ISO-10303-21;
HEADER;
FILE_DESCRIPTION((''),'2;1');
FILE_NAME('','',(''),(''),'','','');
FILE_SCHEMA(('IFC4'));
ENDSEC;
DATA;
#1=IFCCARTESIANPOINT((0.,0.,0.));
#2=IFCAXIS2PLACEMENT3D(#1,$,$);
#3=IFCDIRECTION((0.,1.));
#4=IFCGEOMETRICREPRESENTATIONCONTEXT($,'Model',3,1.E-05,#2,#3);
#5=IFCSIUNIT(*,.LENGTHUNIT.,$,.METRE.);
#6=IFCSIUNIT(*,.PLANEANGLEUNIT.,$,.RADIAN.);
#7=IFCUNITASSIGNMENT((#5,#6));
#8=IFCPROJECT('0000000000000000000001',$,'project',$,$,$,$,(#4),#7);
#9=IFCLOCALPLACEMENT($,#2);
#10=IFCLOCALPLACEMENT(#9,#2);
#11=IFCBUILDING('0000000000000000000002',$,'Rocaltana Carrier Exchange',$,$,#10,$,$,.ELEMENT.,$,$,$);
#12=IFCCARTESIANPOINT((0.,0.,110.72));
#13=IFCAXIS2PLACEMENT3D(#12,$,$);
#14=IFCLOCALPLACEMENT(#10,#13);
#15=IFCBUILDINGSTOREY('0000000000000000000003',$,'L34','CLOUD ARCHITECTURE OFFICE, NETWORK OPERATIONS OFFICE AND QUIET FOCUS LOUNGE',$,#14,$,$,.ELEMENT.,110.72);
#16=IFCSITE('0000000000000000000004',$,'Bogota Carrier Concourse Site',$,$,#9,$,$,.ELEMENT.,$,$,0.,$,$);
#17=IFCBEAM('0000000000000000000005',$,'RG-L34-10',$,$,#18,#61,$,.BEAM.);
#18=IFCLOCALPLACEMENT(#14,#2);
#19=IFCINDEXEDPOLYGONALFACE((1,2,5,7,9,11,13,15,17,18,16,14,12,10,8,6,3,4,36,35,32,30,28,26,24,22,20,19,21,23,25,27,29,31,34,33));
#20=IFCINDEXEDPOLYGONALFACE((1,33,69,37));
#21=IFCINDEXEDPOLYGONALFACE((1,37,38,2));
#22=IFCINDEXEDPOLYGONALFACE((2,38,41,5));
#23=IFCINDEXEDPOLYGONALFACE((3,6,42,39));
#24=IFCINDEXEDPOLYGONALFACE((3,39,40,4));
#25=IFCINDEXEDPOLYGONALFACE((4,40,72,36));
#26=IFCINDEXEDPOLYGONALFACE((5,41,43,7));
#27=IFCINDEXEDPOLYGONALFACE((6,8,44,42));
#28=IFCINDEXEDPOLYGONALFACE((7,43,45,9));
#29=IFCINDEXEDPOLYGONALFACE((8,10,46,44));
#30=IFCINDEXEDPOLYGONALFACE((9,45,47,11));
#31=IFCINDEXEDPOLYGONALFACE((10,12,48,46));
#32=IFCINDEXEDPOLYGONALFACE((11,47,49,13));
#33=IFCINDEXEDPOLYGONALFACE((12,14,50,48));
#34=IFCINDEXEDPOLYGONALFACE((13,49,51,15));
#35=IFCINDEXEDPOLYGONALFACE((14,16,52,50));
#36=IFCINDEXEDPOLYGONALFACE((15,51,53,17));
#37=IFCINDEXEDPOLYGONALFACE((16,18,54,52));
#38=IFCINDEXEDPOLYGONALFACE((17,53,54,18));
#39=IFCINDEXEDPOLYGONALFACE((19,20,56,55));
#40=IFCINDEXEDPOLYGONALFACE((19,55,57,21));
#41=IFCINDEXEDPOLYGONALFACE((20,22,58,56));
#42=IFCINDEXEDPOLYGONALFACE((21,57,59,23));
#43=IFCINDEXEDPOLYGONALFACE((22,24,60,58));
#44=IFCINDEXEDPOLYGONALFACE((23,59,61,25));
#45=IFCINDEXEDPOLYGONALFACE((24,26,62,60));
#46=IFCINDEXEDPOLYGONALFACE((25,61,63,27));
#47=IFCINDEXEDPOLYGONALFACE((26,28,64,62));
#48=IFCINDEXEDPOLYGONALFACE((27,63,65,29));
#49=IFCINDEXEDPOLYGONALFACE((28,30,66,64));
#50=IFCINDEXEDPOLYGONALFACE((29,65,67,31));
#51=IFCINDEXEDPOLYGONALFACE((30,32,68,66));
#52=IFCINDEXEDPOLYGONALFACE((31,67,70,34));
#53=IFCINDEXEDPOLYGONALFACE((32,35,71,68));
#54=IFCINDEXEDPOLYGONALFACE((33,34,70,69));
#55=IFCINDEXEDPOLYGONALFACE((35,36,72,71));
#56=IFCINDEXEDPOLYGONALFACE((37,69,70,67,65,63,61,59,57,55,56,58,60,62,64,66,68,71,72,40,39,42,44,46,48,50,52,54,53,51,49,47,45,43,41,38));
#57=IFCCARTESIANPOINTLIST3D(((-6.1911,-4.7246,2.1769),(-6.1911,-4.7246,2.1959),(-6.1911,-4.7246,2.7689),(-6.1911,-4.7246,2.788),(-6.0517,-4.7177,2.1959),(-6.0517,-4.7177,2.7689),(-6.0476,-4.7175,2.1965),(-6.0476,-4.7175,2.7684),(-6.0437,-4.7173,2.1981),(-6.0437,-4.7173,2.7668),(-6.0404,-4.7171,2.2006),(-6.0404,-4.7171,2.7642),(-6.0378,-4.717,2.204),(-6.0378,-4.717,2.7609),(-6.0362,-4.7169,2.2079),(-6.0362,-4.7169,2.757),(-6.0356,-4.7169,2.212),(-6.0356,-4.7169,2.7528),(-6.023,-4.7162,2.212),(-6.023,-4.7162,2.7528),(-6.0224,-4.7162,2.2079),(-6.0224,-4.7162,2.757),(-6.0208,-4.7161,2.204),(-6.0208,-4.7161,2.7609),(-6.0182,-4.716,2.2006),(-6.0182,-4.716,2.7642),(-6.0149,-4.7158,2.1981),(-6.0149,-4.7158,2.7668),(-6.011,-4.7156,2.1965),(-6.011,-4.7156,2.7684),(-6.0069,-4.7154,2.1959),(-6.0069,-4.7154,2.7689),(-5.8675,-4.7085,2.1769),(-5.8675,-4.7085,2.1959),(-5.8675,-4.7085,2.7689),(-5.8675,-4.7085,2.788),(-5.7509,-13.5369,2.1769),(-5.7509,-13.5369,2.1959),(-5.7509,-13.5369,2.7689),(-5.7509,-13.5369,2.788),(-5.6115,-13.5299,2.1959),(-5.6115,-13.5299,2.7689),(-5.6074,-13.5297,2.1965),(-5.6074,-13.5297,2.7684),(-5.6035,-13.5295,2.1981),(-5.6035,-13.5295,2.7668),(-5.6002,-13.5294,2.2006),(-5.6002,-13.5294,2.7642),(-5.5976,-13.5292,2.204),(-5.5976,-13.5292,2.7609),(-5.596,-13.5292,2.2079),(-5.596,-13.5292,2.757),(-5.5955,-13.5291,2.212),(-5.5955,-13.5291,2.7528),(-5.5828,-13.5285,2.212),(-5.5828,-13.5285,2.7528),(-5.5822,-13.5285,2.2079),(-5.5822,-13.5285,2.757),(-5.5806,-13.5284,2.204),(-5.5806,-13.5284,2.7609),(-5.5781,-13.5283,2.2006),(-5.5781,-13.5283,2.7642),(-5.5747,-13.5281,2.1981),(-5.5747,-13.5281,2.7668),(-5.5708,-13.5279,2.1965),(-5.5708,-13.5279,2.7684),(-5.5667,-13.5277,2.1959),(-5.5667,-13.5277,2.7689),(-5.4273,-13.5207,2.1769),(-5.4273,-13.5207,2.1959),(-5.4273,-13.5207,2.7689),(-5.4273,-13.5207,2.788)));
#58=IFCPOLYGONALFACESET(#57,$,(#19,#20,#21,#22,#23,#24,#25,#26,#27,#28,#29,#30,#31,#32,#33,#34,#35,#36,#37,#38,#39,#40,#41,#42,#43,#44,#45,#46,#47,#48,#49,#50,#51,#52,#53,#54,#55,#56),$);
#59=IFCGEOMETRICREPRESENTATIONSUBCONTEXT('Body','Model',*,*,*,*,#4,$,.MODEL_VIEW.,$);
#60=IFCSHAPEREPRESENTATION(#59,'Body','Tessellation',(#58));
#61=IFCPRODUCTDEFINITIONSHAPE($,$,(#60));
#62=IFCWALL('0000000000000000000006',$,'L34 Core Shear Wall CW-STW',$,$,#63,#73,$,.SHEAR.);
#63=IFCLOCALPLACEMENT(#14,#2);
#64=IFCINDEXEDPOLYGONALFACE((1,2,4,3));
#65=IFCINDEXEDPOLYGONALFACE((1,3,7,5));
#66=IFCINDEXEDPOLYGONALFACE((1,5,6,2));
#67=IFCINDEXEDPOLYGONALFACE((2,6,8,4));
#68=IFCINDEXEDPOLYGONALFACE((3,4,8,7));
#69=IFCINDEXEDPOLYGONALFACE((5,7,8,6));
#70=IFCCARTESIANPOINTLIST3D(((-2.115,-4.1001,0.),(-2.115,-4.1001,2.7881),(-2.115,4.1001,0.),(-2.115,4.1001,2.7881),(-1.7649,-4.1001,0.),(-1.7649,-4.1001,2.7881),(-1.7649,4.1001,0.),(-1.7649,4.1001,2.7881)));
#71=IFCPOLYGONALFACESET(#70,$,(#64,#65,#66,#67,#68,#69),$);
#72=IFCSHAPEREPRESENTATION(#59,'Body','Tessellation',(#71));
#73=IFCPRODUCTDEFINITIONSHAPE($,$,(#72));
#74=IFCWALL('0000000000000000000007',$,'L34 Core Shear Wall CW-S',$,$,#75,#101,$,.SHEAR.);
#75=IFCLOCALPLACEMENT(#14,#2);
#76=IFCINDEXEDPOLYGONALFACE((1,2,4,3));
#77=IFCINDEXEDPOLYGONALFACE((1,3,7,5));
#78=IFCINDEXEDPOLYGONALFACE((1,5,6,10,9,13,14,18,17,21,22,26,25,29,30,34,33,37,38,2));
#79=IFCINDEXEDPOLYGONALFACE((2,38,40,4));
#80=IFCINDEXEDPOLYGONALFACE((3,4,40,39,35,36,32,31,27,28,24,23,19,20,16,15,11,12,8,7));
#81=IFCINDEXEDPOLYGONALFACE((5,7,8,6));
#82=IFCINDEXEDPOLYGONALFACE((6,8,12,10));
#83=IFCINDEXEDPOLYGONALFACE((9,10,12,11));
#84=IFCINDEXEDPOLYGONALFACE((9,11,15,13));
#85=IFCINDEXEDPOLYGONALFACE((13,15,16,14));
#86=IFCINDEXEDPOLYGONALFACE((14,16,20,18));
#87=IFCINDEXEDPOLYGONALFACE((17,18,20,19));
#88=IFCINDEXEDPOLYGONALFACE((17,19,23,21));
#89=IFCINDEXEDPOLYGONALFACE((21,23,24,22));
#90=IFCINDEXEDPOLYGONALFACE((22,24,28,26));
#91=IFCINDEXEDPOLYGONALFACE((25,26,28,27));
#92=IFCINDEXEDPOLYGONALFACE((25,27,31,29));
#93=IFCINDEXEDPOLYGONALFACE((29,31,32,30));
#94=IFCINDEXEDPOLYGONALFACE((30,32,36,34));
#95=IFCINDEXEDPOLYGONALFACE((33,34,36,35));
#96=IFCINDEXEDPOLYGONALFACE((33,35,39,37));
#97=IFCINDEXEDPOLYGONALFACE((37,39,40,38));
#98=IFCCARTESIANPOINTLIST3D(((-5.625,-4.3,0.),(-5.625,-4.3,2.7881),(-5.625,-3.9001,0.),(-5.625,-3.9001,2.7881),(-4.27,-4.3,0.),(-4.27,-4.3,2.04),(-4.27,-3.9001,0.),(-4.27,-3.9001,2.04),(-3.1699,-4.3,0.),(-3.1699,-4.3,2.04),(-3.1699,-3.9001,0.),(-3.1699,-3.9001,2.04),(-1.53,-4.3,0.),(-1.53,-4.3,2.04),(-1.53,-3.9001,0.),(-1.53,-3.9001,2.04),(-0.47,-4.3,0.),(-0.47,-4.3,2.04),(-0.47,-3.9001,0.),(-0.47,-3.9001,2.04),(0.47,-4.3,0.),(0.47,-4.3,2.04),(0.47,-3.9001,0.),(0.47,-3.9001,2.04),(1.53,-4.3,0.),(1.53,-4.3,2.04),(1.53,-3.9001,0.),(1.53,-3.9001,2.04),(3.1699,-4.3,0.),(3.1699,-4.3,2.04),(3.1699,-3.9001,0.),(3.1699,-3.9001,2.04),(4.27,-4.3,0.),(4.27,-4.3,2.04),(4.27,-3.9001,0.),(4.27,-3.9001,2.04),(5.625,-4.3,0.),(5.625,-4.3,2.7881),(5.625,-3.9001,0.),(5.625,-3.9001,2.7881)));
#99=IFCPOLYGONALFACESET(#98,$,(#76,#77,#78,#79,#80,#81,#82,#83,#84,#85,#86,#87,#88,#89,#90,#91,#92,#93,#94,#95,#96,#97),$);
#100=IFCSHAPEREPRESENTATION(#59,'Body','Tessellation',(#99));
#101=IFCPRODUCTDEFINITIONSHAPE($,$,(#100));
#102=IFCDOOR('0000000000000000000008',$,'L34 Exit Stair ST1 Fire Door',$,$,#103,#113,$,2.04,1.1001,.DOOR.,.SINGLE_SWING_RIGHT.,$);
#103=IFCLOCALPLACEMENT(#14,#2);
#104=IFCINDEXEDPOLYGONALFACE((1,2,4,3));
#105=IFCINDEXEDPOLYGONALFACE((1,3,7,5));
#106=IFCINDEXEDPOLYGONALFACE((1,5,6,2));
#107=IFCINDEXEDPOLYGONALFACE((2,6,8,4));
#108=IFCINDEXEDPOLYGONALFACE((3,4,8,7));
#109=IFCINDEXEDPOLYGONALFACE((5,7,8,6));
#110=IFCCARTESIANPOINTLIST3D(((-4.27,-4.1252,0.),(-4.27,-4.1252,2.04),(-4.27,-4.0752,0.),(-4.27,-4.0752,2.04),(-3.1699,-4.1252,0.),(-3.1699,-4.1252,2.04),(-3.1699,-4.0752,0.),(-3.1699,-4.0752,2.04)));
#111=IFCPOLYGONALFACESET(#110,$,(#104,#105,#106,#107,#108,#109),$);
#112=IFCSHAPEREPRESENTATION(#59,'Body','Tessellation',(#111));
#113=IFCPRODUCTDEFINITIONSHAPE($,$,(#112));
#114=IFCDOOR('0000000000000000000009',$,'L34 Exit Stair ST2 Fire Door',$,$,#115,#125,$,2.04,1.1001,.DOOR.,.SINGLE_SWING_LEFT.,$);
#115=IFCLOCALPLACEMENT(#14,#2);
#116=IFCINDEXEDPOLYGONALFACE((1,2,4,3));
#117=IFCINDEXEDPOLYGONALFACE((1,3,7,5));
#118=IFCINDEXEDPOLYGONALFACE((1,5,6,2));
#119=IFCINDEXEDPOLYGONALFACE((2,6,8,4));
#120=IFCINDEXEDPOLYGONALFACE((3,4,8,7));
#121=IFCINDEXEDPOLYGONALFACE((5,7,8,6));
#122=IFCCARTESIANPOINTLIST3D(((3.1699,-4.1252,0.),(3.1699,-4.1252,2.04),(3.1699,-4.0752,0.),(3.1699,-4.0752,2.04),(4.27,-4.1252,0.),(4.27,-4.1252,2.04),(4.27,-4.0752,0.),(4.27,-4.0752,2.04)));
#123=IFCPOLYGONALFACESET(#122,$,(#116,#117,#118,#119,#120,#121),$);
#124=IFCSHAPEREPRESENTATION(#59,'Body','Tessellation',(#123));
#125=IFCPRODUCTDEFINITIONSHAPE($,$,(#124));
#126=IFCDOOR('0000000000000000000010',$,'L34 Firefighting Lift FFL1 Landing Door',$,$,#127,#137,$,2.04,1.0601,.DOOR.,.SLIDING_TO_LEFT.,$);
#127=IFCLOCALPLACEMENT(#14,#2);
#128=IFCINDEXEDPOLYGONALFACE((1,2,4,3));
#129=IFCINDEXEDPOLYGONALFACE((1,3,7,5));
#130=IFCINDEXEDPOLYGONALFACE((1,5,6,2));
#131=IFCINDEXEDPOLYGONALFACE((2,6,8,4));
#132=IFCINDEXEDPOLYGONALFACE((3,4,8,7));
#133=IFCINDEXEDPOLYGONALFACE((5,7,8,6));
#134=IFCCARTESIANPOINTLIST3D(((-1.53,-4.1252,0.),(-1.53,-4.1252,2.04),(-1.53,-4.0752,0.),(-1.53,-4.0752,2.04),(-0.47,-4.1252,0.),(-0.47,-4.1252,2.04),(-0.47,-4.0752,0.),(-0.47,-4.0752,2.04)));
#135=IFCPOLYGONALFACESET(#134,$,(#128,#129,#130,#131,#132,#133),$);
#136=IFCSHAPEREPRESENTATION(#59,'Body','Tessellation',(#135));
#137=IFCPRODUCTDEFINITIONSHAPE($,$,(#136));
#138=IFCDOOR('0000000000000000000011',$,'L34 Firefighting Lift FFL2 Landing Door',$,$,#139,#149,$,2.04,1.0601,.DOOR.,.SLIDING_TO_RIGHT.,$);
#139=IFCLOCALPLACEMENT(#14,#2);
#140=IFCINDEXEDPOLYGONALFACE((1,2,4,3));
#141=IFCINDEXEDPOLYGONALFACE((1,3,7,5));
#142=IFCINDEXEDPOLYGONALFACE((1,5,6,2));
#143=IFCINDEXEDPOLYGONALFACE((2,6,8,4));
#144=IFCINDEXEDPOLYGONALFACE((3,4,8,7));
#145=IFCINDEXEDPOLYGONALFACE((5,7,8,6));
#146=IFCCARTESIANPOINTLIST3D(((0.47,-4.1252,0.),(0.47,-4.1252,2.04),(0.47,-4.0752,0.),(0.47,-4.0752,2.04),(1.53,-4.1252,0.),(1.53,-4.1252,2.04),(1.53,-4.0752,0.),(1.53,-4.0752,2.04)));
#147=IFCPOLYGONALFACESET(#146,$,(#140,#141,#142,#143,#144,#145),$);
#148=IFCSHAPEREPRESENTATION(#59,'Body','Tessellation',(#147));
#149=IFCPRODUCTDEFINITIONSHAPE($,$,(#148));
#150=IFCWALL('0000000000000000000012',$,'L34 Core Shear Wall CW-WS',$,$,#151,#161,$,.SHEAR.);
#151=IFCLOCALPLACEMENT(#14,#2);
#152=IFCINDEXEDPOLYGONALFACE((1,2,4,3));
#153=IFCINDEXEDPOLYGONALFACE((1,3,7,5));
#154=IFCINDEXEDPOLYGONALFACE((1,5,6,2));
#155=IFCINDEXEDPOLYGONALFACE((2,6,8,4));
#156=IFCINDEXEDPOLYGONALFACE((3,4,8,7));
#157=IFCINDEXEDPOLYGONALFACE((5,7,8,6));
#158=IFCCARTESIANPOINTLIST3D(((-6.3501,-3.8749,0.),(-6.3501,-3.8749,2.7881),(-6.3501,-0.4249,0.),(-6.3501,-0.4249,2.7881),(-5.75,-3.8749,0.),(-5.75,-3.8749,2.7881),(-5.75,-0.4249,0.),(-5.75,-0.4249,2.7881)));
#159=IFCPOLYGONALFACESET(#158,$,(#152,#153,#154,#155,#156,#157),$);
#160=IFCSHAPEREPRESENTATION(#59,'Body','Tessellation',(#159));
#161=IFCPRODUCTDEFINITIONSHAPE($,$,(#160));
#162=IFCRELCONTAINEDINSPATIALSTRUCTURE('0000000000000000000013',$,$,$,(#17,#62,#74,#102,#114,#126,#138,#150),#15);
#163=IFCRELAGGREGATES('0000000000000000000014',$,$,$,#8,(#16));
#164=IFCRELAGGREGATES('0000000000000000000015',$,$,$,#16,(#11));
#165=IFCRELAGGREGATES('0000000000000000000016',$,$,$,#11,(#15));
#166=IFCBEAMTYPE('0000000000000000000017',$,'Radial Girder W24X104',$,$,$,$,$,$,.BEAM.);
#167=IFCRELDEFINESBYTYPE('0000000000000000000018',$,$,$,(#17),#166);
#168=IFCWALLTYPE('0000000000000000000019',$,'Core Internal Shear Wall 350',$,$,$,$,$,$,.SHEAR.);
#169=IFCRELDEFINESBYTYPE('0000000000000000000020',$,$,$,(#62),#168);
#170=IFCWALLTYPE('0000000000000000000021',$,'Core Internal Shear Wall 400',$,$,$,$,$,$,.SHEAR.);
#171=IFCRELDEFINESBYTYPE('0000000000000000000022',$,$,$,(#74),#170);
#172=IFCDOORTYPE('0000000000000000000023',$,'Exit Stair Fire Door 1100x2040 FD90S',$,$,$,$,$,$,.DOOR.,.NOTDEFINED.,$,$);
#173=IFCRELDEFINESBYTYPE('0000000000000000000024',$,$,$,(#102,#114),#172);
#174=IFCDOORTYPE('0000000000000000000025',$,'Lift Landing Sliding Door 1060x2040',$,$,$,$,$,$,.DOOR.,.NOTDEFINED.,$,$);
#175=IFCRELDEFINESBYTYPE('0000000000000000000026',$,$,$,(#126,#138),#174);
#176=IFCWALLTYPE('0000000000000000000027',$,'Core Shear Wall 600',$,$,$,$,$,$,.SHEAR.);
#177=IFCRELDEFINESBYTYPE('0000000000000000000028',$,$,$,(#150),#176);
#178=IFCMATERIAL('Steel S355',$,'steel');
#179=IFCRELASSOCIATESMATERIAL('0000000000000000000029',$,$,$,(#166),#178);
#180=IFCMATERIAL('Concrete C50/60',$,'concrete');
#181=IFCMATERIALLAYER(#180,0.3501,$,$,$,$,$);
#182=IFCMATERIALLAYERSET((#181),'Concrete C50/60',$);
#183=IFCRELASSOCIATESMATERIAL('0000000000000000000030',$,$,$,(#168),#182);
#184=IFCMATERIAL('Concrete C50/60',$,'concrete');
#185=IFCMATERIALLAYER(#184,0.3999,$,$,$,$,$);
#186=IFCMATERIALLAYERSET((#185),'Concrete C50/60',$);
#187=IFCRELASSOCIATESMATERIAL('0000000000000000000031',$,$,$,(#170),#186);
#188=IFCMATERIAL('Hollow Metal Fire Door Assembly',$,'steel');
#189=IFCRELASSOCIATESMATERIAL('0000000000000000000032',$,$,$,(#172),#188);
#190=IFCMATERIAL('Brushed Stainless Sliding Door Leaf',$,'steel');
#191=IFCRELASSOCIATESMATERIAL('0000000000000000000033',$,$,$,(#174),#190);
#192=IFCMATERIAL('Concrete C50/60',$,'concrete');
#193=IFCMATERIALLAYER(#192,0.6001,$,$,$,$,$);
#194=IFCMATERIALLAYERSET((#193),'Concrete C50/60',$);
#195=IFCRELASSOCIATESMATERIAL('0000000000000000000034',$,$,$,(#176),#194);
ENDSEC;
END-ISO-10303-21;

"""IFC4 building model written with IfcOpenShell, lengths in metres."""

from ifc_helpers import new_model, si_unit, direction, frame, frame_2d, origin, origin_2d, place, context, subcontext, project, spatial, rectangle, i_section, extrude, material, layer, layer_set, material_profile, profile_set, type_object, element, fill, save


model = new_model("IFC4")

# Units and contexts
model_context = context("Model", 3, precision=1e-05, world=origin(), true_north=direction((0.0, 1.0)))
body_context = subcontext(model_context, "Body", "Model", "MODEL_VIEW")
ifc_project = project(units=[si_unit("LENGTHUNIT", "METRE"), si_unit("PLANEANGLEUNIT", "RADIAN")], contexts=[model_context])

# Site, building, storey
site_placement = place(None, origin())
site = spatial("IfcSite", under=ifc_project, at=site_placement, Name="Bogota Carrier Concourse Site", CompositionType="ELEMENT", RefElevation=0.0)
building_placement = place(site_placement, origin())
building = spatial("IfcBuilding", under=site, at=building_placement, Name="Rocaltana Carrier Exchange", CompositionType="ELEMENT")
storey_placement = place(building_placement, frame((0.0, 0.0, 110.72)))
storey = spatial("IfcBuildingStorey", under=building, at=storey_placement, Name="L34", Description="CLOUD ARCHITECTURE OFFICE, NETWORK OPERATIONS OFFICE AND QUIET FOCUS LOUNGE", CompositionType="ELEMENT", Elevation=110.72)

# Beam
ifc_material_1 = material(Name="Steel S355", Category="steel")
ifc_material_profile_1 = material_profile(ifc_material_1, i_section(OverallWidth=0.324, OverallDepth=0.6111, WebThickness=0.0127, FlangeThickness=0.019, FilletRadius=0.0161, at=origin_2d()), Name="W24X104")
ifc_profile_set_1 = profile_set([ifc_material_profile_1], Name="Steel S355")
beam_type = type_object("IfcBeamType", Name="Radial Girder W24X104", PredefinedType="BEAM", material=ifc_profile_set_1)
beam_1_placement = place(storey_placement, frame((-6.0293, -4.7166, 2.4824), z_axis=(0.049889, -0.998755, 0.0), x_axis=(0.998755, 0.049889, 0.0)))
element("IfcBeam", 1, at=beam_1_placement, inside=storey, type_object=beam_type, Name="RG-L34-10", PredefinedType="BEAM", context=body_context, shape_type="SweptSolid", body=[
    extrude(i_section(OverallWidth=0.324, OverallDepth=0.6111, WebThickness=0.0127, FlangeThickness=0.019, FilletRadius=0.0161, at=origin_2d()), origin(), (0.0, 0.0, 1.0), 8.8232),
])

# Wall
ifc_material_2 = material(Name="Concrete C50/60", Category="concrete")
ifc_layer_1 = layer(ifc_material_2, 0.3501)
ifc_layer_set_1 = layer_set([ifc_layer_1], Name="Concrete C50/60")
wall_type_1 = type_object("IfcWallType", Name="Core Internal Shear Wall 350", PredefinedType="SHEAR", material=ifc_layer_set_1)
wall_1_placement = place(storey_placement, frame((-1.9399, -4.1001, 0.0), z_axis=(0.0, 0.0, 1.0), x_axis=(0.0, 1.0, 0.0)))
element("IfcWall", 2, at=wall_1_placement, inside=storey, type_object=wall_type_1, Name="L34 Core Shear Wall CW-STW", PredefinedType="SHEAR", context=body_context, shape_type="SweptSolid", body=[
    extrude(rectangle(XDim=8.2002, YDim=0.3501, at=frame_2d((4.1001, 0.0))), origin(), (0.0, 0.0, 1.0), 2.7881),
])

# Wall, openings, doors
ifc_material_3 = material(Name="Concrete C50/60", Category="concrete")
ifc_layer_2 = layer(ifc_material_3, 0.3999)
ifc_layer_set_2 = layer_set([ifc_layer_2], Name="Concrete C50/60")
wall_type_2 = type_object("IfcWallType", Name="Core Internal Shear Wall 400", PredefinedType="SHEAR", material=ifc_layer_set_2)
wall_2_placement = place(storey_placement, frame((-5.625, -4.1001, 0.0), z_axis=(0.0, 0.0, 1.0), x_axis=(1.0, 0.0, 0.0)))
wall_2 = element("IfcWall", 3, at=wall_2_placement, inside=storey, type_object=wall_type_2, Name="L34 Core Shear Wall CW-S", PredefinedType="SHEAR", context=body_context, shape_type="SweptSolid", body=[
    extrude(rectangle(XDim=11.25, YDim=0.3999, at=frame_2d((5.625, 0.0))), origin(), (0.0, 0.0, 1.0), 2.7881),
])
opening_1_placement = place(wall_2_placement, frame((1.355, 0.0, 0.0)))
opening_1 = element("IfcOpeningElement", 4, at=opening_1_placement, cuts=wall_2, PredefinedType="OPENING", context=body_context, shape_type="SweptSolid", body=[
    extrude(rectangle(XDim=1.1001, YDim=2.04, at=frame_2d((0.55, 1.02))), frame((0.0, 0.21, 0.0), z_axis=(0.0, -1.0, 0.0), x_axis=(1.0, 0.0, 0.0)), (0.0, 0.0, 1.0), 0.4199),
])
opening_2_placement = place(wall_2_placement, frame((8.7949, 0.0, 0.0)))
opening_2 = element("IfcOpeningElement", 5, at=opening_2_placement, cuts=wall_2, PredefinedType="OPENING", context=body_context, shape_type="SweptSolid", body=[
    extrude(rectangle(XDim=1.1001, YDim=2.04, at=frame_2d((0.55, 1.02))), frame((0.0, 0.21, 0.0), z_axis=(0.0, -1.0, 0.0), x_axis=(1.0, 0.0, 0.0)), (0.0, 0.0, 1.0), 0.4199),
])
opening_3_placement = place(wall_2_placement, frame((4.095, 0.0, 0.0)))
opening_3 = element("IfcOpeningElement", 6, at=opening_3_placement, cuts=wall_2, PredefinedType="OPENING", context=body_context, shape_type="SweptSolid", body=[
    extrude(rectangle(XDim=1.0601, YDim=2.04, at=frame_2d((0.53, 1.02))), frame((0.0, 0.21, 0.0), z_axis=(0.0, -1.0, 0.0), x_axis=(1.0, 0.0, 0.0)), (0.0, 0.0, 1.0), 0.4199),
])
opening_4_placement = place(wall_2_placement, frame((6.095, 0.0, 0.0)))
opening_4 = element("IfcOpeningElement", 7, at=opening_4_placement, cuts=wall_2, PredefinedType="OPENING", context=body_context, shape_type="SweptSolid", body=[
    extrude(rectangle(XDim=1.0601, YDim=2.04, at=frame_2d((0.53, 1.02))), frame((0.0, 0.21, 0.0), z_axis=(0.0, -1.0, 0.0), x_axis=(1.0, 0.0, 0.0)), (0.0, 0.0, 1.0), 0.4199),
])
ifc_material_4 = material(Name="Hollow Metal Fire Door Assembly", Category="steel")
door_type_1 = type_object("IfcDoorType", Name="Exit Stair Fire Door 1100x2040 FD90S", OperationType="NOTDEFINED", PredefinedType="DOOR", material=ifc_material_4)
door_1_placement = place(opening_1_placement, origin())
door_1 = element("IfcDoor", 8, at=door_1_placement, inside=storey, type_object=door_type_1, Name="L34 Exit Stair ST1 Fire Door", OperationType="SINGLE_SWING_RIGHT", OverallHeight=2.04, OverallWidth=1.1001, PredefinedType="DOOR", context=body_context, shape_type="SweptSolid", body=[
    extrude(rectangle(XDim=1.1001, YDim=2.04, at=frame_2d((0.55, 1.02))), frame((0.0, 0.0249, 0.0), z_axis=(0.0, -1.0, 0.0), x_axis=(1.0, 0.0, 0.0)), (0.0, 0.0, 1.0), 0.05),
])
fill(opening_1, door_1)
door_2_placement = place(opening_2_placement, origin())
door_2 = element("IfcDoor", 9, at=door_2_placement, inside=storey, type_object=door_type_1, Name="L34 Exit Stair ST2 Fire Door", OperationType="SINGLE_SWING_LEFT", OverallHeight=2.04, OverallWidth=1.1001, PredefinedType="DOOR", context=body_context, shape_type="SweptSolid", body=[
    extrude(rectangle(XDim=1.1001, YDim=2.04, at=frame_2d((0.55, 1.02))), frame((0.0, 0.0249, 0.0), z_axis=(0.0, -1.0, 0.0), x_axis=(1.0, 0.0, 0.0)), (0.0, 0.0, 1.0), 0.05),
])
fill(opening_2, door_2)
ifc_material_5 = material(Name="Brushed Stainless Sliding Door Leaf", Category="steel")
door_type_2 = type_object("IfcDoorType", Name="Lift Landing Sliding Door 1060x2040", OperationType="NOTDEFINED", PredefinedType="DOOR", material=ifc_material_5)
door_3_placement = place(opening_3_placement, origin())
door_3 = element("IfcDoor", 10, at=door_3_placement, inside=storey, type_object=door_type_2, Name="L34 Firefighting Lift FFL1 Landing Door", OperationType="SLIDING_TO_LEFT", OverallHeight=2.04, OverallWidth=1.0601, PredefinedType="DOOR", context=body_context, shape_type="SweptSolid", body=[
    extrude(rectangle(XDim=1.0601, YDim=2.04, at=frame_2d((0.53, 1.02))), frame((0.0, 0.0249, 0.0), z_axis=(0.0, -1.0, 0.0), x_axis=(1.0, 0.0, 0.0)), (0.0, 0.0, 1.0), 0.05),
])
fill(opening_3, door_3)
door_4_placement = place(opening_4_placement, origin())
door_4 = element("IfcDoor", 11, at=door_4_placement, inside=storey, type_object=door_type_2, Name="L34 Firefighting Lift FFL2 Landing Door", OperationType="SLIDING_TO_RIGHT", OverallHeight=2.04, OverallWidth=1.0601, PredefinedType="DOOR", context=body_context, shape_type="SweptSolid", body=[
    extrude(rectangle(XDim=1.0601, YDim=2.04, at=frame_2d((0.53, 1.02))), frame((0.0, 0.0249, 0.0), z_axis=(0.0, -1.0, 0.0), x_axis=(1.0, 0.0, 0.0)), (0.0, 0.0, 1.0), 0.05),
])
fill(opening_4, door_4)

# Wall
ifc_material_6 = material(Name="Concrete C50/60", Category="concrete")
ifc_layer_3 = layer(ifc_material_6, 0.6001)
ifc_layer_set_3 = layer_set([ifc_layer_3], Name="Concrete C50/60")
wall_type_3 = type_object("IfcWallType", Name="Core Shear Wall 600", PredefinedType="SHEAR", material=ifc_layer_set_3)
wall_3_placement = place(storey_placement, frame((-6.05, -3.875, 0.0), z_axis=(0.0, 0.0, 1.0), x_axis=(0.0, 1.0, 0.0)))
element("IfcWall", 12, at=wall_3_placement, inside=storey, type_object=wall_type_3, Name="L34 Core Shear Wall CW-WS", PredefinedType="SHEAR", context=body_context, shape_type="SweptSolid", body=[
    extrude(rectangle(XDim=3.45, YDim=0.6001, at=frame_2d((1.7251, 0.0))), origin(), (0.0, 0.0, 1.0), 2.7881),
])

save(model, "model.ifc")
